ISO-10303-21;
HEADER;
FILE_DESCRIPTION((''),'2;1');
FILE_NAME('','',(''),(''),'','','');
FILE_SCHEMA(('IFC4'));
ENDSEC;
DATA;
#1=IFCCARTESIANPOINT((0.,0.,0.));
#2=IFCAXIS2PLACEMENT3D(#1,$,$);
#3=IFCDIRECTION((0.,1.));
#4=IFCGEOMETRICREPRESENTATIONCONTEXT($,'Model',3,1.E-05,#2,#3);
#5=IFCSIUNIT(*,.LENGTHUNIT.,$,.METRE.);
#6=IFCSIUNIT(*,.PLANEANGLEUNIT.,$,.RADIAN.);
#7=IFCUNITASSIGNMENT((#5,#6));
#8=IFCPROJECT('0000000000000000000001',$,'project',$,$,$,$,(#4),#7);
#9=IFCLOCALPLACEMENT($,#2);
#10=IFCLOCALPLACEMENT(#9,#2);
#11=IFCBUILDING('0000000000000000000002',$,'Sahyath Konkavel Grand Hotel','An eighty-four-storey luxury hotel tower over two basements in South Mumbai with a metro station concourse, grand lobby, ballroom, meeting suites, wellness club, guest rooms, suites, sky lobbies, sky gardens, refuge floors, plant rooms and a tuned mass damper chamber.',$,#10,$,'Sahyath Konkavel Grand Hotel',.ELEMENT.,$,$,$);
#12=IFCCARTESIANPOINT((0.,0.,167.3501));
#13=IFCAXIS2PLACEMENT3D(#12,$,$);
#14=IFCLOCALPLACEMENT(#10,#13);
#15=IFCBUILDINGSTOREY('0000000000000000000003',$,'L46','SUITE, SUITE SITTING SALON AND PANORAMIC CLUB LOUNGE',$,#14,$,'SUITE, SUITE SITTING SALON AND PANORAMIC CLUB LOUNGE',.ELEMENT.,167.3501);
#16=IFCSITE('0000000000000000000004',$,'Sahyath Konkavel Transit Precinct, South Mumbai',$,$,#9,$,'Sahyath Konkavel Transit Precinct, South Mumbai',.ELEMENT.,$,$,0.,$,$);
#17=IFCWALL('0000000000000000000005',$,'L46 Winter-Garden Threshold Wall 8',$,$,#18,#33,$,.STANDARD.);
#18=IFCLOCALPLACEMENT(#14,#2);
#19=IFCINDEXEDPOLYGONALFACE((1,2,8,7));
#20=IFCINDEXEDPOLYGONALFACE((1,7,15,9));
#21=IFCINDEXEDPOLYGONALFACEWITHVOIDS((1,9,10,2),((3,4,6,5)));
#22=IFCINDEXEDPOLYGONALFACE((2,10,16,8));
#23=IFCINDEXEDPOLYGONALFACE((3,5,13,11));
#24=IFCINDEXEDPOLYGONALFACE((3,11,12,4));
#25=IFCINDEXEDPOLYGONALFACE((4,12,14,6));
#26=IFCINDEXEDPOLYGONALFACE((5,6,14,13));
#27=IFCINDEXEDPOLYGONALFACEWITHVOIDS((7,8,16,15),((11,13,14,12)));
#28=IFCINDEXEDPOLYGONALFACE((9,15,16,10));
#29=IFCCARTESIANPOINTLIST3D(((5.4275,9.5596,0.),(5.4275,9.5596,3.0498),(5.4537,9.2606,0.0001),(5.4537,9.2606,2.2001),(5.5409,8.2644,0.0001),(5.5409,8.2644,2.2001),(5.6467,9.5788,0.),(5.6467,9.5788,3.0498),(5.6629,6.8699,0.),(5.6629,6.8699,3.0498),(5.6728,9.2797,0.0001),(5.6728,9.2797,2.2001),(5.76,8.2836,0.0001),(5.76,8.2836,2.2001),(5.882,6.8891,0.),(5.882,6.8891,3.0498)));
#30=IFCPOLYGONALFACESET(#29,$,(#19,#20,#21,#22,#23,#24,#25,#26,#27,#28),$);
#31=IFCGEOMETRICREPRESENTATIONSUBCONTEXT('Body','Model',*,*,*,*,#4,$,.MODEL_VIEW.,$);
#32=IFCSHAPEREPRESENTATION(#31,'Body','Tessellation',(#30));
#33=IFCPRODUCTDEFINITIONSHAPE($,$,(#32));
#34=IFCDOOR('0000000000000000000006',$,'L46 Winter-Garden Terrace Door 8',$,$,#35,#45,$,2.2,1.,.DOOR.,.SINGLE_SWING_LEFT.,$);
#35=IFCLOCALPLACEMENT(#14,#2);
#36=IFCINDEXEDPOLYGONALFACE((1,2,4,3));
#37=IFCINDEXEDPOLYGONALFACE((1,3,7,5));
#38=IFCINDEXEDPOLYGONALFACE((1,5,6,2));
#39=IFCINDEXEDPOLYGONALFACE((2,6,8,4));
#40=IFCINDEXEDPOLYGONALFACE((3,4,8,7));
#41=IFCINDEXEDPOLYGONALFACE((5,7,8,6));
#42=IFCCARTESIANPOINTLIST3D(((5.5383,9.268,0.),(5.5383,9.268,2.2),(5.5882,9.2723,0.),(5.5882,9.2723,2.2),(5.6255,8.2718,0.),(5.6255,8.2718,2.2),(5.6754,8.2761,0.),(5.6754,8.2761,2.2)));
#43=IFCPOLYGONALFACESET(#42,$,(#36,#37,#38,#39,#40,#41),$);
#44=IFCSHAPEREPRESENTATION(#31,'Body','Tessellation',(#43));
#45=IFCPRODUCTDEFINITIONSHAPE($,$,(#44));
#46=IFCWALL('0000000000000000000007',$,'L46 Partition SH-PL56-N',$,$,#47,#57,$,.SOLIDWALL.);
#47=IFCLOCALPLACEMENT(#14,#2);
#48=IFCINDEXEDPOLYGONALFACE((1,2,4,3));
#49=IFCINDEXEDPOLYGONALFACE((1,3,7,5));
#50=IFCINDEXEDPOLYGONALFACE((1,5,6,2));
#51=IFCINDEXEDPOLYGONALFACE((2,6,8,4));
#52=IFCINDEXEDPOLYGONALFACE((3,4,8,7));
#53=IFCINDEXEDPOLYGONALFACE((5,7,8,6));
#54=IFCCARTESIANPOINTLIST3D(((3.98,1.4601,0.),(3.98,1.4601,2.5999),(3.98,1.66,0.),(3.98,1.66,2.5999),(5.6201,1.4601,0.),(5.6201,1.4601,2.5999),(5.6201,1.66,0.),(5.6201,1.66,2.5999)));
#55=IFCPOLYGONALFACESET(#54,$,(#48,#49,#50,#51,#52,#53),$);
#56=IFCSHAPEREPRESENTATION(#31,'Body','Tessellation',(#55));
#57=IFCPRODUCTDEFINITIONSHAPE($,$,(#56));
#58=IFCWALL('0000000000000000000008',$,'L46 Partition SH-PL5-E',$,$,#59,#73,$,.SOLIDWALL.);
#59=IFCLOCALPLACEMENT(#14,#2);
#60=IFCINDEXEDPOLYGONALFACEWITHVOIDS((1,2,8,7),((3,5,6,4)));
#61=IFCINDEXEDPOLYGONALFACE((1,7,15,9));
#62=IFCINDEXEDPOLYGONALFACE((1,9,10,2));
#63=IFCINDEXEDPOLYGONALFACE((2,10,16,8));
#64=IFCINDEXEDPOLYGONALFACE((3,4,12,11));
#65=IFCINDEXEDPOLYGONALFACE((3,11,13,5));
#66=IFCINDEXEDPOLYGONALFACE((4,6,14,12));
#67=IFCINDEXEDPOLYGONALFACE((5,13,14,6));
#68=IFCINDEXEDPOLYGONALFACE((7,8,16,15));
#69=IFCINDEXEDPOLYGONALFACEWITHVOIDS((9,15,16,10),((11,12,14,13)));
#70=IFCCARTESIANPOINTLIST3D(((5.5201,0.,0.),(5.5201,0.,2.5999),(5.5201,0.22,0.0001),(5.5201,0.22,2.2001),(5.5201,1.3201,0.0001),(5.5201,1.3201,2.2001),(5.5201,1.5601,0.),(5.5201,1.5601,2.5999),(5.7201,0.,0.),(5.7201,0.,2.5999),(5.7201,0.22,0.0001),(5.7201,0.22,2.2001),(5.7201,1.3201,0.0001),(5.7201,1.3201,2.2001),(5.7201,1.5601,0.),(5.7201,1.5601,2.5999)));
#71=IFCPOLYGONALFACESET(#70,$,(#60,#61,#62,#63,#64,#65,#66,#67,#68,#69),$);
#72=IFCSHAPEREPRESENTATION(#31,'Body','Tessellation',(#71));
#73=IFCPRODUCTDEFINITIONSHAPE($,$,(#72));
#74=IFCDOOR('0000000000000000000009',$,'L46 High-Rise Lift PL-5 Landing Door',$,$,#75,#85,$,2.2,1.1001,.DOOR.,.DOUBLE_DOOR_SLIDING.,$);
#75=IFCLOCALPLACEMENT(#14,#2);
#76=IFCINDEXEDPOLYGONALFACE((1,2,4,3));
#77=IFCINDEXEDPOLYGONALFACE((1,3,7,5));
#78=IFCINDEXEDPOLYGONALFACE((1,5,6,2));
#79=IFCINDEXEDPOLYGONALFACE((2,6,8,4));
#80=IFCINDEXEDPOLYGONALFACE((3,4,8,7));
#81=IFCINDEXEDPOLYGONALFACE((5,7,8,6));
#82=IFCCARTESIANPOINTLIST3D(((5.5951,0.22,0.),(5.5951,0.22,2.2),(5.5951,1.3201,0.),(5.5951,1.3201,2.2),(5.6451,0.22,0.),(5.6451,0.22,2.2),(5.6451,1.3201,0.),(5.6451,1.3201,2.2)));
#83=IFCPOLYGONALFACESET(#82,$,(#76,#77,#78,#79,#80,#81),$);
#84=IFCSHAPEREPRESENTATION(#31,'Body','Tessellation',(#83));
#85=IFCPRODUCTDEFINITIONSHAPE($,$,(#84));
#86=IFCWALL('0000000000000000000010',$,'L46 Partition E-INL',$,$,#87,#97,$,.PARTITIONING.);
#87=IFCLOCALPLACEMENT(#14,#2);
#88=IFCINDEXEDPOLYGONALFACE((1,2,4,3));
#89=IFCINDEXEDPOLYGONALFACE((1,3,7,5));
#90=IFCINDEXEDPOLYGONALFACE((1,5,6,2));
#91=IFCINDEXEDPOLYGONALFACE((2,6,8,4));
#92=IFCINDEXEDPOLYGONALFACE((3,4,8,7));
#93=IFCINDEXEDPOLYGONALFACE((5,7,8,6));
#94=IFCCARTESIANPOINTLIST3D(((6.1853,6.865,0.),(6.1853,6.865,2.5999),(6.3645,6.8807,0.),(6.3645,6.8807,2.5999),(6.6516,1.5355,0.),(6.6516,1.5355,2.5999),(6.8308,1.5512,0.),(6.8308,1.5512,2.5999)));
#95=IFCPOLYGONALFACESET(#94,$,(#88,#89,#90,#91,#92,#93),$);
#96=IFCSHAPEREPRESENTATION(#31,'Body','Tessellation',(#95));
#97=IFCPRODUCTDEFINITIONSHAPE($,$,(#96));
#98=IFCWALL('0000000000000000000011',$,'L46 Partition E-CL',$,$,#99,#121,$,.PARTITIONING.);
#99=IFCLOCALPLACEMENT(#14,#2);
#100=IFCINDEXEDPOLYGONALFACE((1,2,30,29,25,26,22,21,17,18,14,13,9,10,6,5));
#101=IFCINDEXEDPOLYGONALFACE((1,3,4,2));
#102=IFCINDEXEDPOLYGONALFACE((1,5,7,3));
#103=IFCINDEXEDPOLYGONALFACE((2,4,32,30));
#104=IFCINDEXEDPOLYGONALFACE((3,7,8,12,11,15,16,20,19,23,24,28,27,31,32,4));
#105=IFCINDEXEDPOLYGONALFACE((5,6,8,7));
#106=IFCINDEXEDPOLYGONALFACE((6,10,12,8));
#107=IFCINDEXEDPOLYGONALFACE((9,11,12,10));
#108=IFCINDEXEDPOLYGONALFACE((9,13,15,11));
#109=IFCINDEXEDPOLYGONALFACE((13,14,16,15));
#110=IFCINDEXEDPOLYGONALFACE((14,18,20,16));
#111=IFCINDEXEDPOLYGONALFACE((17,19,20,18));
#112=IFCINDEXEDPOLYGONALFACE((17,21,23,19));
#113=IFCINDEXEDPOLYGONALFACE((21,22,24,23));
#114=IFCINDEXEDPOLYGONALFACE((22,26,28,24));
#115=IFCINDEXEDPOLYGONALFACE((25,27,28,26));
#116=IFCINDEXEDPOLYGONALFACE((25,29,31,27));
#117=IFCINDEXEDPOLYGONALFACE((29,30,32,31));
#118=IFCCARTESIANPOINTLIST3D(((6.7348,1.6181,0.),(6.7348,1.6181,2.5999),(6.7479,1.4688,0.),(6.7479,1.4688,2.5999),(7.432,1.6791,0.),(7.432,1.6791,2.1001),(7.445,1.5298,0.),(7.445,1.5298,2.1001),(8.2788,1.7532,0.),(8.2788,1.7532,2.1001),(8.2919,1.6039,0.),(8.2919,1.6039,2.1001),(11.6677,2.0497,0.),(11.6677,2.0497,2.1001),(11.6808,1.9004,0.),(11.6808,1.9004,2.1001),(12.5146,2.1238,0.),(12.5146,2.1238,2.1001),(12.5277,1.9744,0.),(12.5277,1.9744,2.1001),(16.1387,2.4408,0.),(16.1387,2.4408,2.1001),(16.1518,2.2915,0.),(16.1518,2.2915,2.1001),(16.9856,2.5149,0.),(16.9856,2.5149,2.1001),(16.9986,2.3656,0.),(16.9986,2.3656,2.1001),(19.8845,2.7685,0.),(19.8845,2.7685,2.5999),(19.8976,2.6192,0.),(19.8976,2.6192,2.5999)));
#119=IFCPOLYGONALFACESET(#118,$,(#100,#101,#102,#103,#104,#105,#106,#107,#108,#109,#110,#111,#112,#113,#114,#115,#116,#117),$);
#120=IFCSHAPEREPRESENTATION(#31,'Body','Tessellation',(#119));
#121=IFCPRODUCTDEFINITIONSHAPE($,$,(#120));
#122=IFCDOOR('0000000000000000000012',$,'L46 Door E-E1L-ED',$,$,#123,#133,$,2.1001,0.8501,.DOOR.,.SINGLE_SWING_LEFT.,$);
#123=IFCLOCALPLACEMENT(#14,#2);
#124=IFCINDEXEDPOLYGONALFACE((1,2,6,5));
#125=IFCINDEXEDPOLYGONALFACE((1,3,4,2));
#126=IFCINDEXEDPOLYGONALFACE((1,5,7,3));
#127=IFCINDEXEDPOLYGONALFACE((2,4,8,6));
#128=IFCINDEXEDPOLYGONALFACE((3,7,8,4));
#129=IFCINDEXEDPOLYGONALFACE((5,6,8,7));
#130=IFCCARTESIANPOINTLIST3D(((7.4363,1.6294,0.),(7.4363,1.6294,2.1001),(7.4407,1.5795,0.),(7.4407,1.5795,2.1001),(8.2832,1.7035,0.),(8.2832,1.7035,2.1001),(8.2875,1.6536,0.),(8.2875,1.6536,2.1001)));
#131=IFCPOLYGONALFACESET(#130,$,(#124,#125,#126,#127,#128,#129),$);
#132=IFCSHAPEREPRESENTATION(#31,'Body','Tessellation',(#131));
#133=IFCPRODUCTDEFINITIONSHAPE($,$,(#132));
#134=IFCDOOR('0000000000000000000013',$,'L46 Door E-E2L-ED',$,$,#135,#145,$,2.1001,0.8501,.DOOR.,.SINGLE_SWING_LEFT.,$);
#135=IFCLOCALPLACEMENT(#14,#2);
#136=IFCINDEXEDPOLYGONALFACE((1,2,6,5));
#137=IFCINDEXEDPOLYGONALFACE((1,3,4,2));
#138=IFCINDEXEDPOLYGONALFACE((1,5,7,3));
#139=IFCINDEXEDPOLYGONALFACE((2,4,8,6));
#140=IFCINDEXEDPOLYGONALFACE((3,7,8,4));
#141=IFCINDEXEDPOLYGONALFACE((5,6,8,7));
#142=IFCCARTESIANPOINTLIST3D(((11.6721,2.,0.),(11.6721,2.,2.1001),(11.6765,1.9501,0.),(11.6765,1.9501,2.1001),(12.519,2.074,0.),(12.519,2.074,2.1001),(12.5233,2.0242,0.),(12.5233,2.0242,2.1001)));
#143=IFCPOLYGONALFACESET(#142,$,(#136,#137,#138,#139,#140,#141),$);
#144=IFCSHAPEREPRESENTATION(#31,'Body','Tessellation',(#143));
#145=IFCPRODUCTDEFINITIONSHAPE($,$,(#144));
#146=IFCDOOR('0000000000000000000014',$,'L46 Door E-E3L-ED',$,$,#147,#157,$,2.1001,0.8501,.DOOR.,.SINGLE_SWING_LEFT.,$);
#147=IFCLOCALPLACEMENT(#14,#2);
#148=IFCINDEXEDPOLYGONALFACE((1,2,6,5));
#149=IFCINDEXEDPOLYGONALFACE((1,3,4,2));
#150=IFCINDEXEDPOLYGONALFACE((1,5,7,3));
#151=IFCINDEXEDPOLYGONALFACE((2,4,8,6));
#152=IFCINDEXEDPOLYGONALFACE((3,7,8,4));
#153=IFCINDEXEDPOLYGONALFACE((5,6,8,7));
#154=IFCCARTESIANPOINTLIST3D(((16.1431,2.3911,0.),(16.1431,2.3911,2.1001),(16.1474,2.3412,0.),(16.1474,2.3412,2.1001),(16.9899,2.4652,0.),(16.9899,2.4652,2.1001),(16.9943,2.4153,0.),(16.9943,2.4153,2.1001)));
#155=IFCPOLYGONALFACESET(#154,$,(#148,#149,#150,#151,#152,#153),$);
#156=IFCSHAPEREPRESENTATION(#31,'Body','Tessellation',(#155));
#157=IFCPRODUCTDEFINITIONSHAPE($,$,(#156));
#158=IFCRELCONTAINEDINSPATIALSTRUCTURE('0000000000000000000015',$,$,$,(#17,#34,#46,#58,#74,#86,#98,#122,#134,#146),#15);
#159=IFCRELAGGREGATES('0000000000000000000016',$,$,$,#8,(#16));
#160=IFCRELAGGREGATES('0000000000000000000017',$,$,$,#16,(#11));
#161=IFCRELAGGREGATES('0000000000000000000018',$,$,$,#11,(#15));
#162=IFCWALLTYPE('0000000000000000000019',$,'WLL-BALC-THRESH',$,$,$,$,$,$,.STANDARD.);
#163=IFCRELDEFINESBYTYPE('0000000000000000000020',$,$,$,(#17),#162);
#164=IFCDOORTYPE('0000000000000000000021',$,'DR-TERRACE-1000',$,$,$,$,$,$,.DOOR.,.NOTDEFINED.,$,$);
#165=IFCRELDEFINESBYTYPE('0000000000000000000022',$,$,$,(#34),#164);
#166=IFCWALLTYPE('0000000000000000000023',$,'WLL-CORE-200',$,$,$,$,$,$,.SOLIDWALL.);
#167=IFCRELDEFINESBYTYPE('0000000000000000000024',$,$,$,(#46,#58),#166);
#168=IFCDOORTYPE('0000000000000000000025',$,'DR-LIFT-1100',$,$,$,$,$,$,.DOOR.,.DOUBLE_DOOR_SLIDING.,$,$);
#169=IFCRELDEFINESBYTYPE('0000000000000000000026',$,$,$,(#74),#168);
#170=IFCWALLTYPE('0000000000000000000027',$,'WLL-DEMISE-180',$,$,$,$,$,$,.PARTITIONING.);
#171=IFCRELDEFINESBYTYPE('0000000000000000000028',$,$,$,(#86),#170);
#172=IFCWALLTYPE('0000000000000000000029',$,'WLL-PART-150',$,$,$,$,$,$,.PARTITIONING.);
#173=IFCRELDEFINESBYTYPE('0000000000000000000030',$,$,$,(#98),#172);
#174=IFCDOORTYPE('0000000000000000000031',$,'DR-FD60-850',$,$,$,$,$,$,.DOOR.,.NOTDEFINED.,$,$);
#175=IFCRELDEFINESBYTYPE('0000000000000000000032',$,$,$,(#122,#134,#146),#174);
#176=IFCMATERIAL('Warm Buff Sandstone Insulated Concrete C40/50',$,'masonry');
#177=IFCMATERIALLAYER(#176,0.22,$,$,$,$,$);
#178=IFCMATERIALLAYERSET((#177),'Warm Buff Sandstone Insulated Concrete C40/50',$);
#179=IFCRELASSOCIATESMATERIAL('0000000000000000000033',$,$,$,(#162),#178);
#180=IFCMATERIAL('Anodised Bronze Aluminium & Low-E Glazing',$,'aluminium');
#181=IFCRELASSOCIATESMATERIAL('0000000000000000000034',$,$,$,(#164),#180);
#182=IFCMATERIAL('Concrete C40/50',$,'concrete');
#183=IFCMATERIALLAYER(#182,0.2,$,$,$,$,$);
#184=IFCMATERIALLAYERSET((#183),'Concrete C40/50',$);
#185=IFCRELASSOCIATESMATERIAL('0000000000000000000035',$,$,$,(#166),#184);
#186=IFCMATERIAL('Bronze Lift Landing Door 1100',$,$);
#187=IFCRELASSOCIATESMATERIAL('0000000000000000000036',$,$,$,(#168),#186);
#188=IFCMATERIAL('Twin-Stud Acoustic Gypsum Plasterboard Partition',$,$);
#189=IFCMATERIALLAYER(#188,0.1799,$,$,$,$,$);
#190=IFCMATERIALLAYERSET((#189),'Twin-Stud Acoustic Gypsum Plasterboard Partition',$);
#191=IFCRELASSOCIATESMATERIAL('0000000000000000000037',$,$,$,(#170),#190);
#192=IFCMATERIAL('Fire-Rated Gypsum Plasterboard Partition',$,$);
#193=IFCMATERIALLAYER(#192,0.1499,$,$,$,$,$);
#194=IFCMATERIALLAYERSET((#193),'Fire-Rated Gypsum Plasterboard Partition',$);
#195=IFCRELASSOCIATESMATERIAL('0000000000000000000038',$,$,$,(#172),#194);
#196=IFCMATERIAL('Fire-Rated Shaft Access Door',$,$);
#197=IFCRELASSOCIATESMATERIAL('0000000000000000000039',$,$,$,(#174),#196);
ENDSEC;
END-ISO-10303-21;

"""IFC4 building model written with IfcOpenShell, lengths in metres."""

from ifc_helpers import new_model, si_unit, direction, frame, frame_2d, origin, origin_2d, place, context, subcontext, project, spatial, rectangle, extrude, source, transform, mapped, material, layer, layer_set, type_object, element, fill, save


model = new_model("IFC4")

# Units and contexts
model_context = context("Model", 3, precision=1e-05, world=origin(), true_north=direction((0.0, 1.0)))
body_context = subcontext(model_context, "Body", "Model", "MODEL_VIEW")
ifc_project = project(units=[si_unit("LENGTHUNIT", "METRE"), si_unit("PLANEANGLEUNIT", "RADIAN")], contexts=[model_context])

# Site, building, storey
site_placement = place(None, origin())
site = spatial("IfcSite", under=ifc_project, at=site_placement, Name="Sahyath Konkavel Transit Precinct, South Mumbai", LongName="Sahyath Konkavel Transit Precinct, South Mumbai", CompositionType="ELEMENT", RefElevation=0.0)
building_placement = place(site_placement, origin())
building = spatial("IfcBuilding", under=site, at=building_placement, Name="Sahyath Konkavel Grand Hotel", Description="An eighty-four-storey luxury hotel tower over two basements in South Mumbai with a metro station concourse, grand lobby, ballroom, meeting suites, wellness club, guest rooms, suites, sky lobbies, sky gardens, refuge floors, plant rooms and a tuned mass damper chamber.", LongName="Sahyath Konkavel Grand Hotel", CompositionType="ELEMENT")
storey_placement = place(building_placement, frame((0.0, 0.0, 167.3501)))
storey = spatial("IfcBuildingStorey", under=building, at=storey_placement, Name="L46", Description="SUITE, SUITE SITTING SALON AND PANORAMIC CLUB LOUNGE", LongName="SUITE, SUITE SITTING SALON AND PANORAMIC CLUB LOUNGE", CompositionType="ELEMENT", Elevation=167.3501)

# Shared definitions
ifc_material_1 = material(Name="Anodised Bronze Aluminium & Low-E Glazing", Category="aluminium")

# Wall, opening, door
ifc_material_2 = material(Name="Warm Buff Sandstone Insulated Concrete C40/50", Category="masonry")
ifc_layer_1 = layer(ifc_material_2, 0.22)
ifc_layer_set_1 = layer_set([ifc_layer_1], Name="Warm Buff Sandstone Insulated Concrete C40/50")
wall_type_1 = type_object("IfcWallType", Name="WLL-BALC-THRESH", PredefinedType="STANDARD", material=ifc_layer_set_1)
wall_1_placement = place(storey_placement, frame((5.7725, 6.8794, 0.0), z_axis=(0.0, 0.0, 1.0), x_axis=(-0.087168, 0.996194, 0.0)))
wall_1 = element("IfcWall", 1, at=wall_1_placement, inside=storey, type_object=wall_type_1, Name="L46 Winter-Garden Threshold Wall 8", PredefinedType="STANDARD", context=body_context, shape_type="SweptSolid", body=[
    extrude(rectangle(XDim=2.7, YDim=0.22, at=frame_2d((1.3501, 0.0))), origin(), (0.0, 0.0, 1.0), 3.0498),
])
opening_1_placement = place(wall_1_placement, frame((1.3999, 0.0, 0.0)))
opening_1 = element("IfcOpeningElement", 2, at=opening_1_placement, cuts=wall_1, PredefinedType="OPENING", context=body_context, shape_type="SweptSolid", body=[
    extrude(rectangle(XDim=1.0, YDim=2.2, at=frame_2d((0.5, 1.1001))), frame((0.0, 0.1201, 0.0), z_axis=(0.0, -1.0, 0.0), x_axis=(1.0, 0.0, 0.0)), (0.0, 0.0, 1.0), 0.24),
])
door_type_1 = type_object("IfcDoorType", Name="DR-TERRACE-1000", OperationType="NOTDEFINED", PredefinedType="DOOR", material=ifc_material_1)
shared_shape_1 = source(origin(), body_context, "Body", "SweptSolid", [
    extrude(rectangle(XDim=1.0, YDim=0.05, at=origin_2d()), origin(), (0.0, 0.0, 1.0), 2.2),
])
door_1_placement = place(opening_1_placement, frame((0.5, 0.0, 0.0)))
door_1 = element("IfcDoor", 3, at=door_1_placement, inside=storey, type_object=door_type_1, Name="L46 Winter-Garden Terrace Door 8", OperationType="SINGLE_SWING_LEFT", OverallHeight=2.2, OverallWidth=1.0, PredefinedType="DOOR", context=body_context, shape_type="MappedRepresentation", body=[
    mapped(shared_shape_1, transform((0.0, 0.0, 0.0), scale=1.0)),
])
fill(opening_1, door_1)

# Wall
ifc_material_3 = material(Name="Concrete C40/50", Category="concrete")
ifc_layer_2 = layer(ifc_material_3, 0.2)
ifc_layer_set_2 = layer_set([ifc_layer_2], Name="Concrete C40/50")
wall_type_2 = type_object("IfcWallType", Name="WLL-CORE-200", PredefinedType="SOLIDWALL", material=ifc_layer_set_2)
wall_2_placement = place(storey_placement, frame((3.98, 1.5601, 0.0), z_axis=(0.0, 0.0, 1.0), x_axis=(1.0, 0.0, 0.0)))
element("IfcWall", 4, at=wall_2_placement, inside=storey, type_object=wall_type_2, Name="L46 Partition SH-PL56-N", PredefinedType="SOLIDWALL", context=body_context, shape_type="SweptSolid", body=[
    extrude(rectangle(XDim=1.6401, YDim=0.2, at=frame_2d((0.8201, 0.0))), origin(), (0.0, 0.0, 1.0), 2.5999),
])

# Wall, opening, door
wall_3_placement = place(storey_placement, frame((5.6201, 0.0, 0.0), z_axis=(0.0, 0.0, 1.0), x_axis=(0.0, 1.0, 0.0)))
wall_3 = element("IfcWall", 5, at=wall_3_placement, inside=storey, type_object=wall_type_2, Name="L46 Partition SH-PL5-E", PredefinedType="SOLIDWALL", context=body_context, shape_type="SweptSolid", body=[
    extrude(rectangle(XDim=1.5601, YDim=0.2, at=frame_2d((0.78, 0.0))), origin(), (0.0, 0.0, 1.0), 2.5999),
])
opening_2_placement = place(wall_3_placement, frame((0.22, 0.0, 0.0)))
opening_2 = element("IfcOpeningElement", 6, at=opening_2_placement, cuts=wall_3, PredefinedType="OPENING", context=body_context, shape_type="SweptSolid", body=[
    extrude(rectangle(XDim=1.1001, YDim=2.2, at=frame_2d((0.55, 1.1001))), frame((0.0, 0.1099, 0.0), z_axis=(0.0, -1.0, 0.0), x_axis=(1.0, 0.0, 0.0)), (0.0, 0.0, 1.0), 0.22),
])
ifc_material_4 = material(Name="Bronze Lift Landing Door 1100")
door_type_2 = type_object("IfcDoorType", Name="DR-LIFT-1100", OperationType="DOUBLE_DOOR_SLIDING", PredefinedType="DOOR", material=ifc_material_4)
shared_shape_2 = source(origin(), body_context, "Body", "SweptSolid", [
    extrude(rectangle(XDim=1.1001, YDim=0.05, at=origin_2d()), origin(), (0.0, 0.0, 1.0), 2.2),
])
door_2_placement = place(opening_2_placement, frame((0.55, 0.0, 0.0)))
door_2 = element("IfcDoor", 7, at=door_2_placement, inside=storey, type_object=door_type_2, Name="L46 High-Rise Lift PL-5 Landing Door", OperationType="DOUBLE_DOOR_SLIDING", OverallHeight=2.2, OverallWidth=1.1001, PredefinedType="DOOR", context=body_context, shape_type="MappedRepresentation", body=[
    mapped(shared_shape_2, transform((0.0, 0.0, 0.0), scale=1.0)),
])
fill(opening_2, door_2)

# Wall
ifc_material_5 = material(Name="Twin-Stud Acoustic Gypsum Plasterboard Partition")
ifc_layer_3 = layer(ifc_material_5, 0.1799)
ifc_layer_set_3 = layer_set([ifc_layer_3], Name="Twin-Stud Acoustic Gypsum Plasterboard Partition")
wall_type_3 = type_object("IfcWallType", Name="WLL-DEMISE-180", PredefinedType="PARTITIONING", material=ifc_layer_set_3)
wall_4_placement = place(storey_placement, frame((6.7412, 1.5435, 0.0), z_axis=(0.0, 0.0, 1.0), x_axis=(-0.087161, 0.996194, 0.0)))
element("IfcWall", 8, at=wall_4_placement, inside=storey, type_object=wall_type_3, Name="L46 Partition E-INL", PredefinedType="PARTITIONING", context=body_context, shape_type="SweptSolid", body=[
    extrude(rectangle(XDim=5.3499, YDim=0.1799, at=frame_2d((2.6748, 0.0))), origin(), (0.0, 0.0, 1.0), 2.5999),
])

# Wall, openings, doors
ifc_material_6 = material(Name="Fire-Rated Gypsum Plasterboard Partition")
ifc_layer_4 = layer(ifc_material_6, 0.1499)
ifc_layer_set_4 = layer_set([ifc_layer_4], Name="Fire-Rated Gypsum Plasterboard Partition")
wall_type_4 = type_object("IfcWallType", Name="WLL-PART-150", PredefinedType="PARTITIONING", material=ifc_layer_set_4)
wall_5_placement = place(storey_placement, frame((6.7412, 1.5435, 0.0), z_axis=(0.0, 0.0, 1.0), x_axis=(0.996195, 0.087152, 0.0)))
wall_5 = element("IfcWall", 9, at=wall_5_placement, inside=storey, type_object=wall_type_4, Name="L46 Partition E-CL", PredefinedType="PARTITIONING", context=body_context, shape_type="SweptSolid", body=[
    extrude(rectangle(XDim=13.2, YDim=0.1499, at=frame_2d((6.6001, 0.0))), origin(), (0.0, 0.0, 1.0), 2.5999),
])
opening_3_placement = place(wall_5_placement, frame((0.7, 0.0, 0.0)))
opening_3 = element("IfcOpeningElement", 10, at=opening_3_placement, cuts=wall_5, PredefinedType="OPENING", context=body_context, shape_type="SweptSolid", body=[
    extrude(rectangle(XDim=0.8501, YDim=2.1001, at=frame_2d((0.425, 1.05))), frame((0.0, 0.085, 0.0), z_axis=(0.0, -1.0, 0.0), x_axis=(1.0, 0.0, 0.0)), (0.0, 0.0, 1.0), 0.1699),
])
opening_4_placement = place(wall_5_placement, frame((4.9519, 0.0, 0.0)))
opening_4 = element("IfcOpeningElement", 11, at=opening_4_placement, cuts=wall_5, PredefinedType="OPENING", context=body_context, shape_type="SweptSolid", body=[
    extrude(rectangle(XDim=0.8501, YDim=2.1001, at=frame_2d((0.425, 1.05))), frame((0.0, 0.085, 0.0), z_axis=(0.0, -1.0, 0.0), x_axis=(1.0, 0.0, 0.0)), (0.0, 0.0, 1.0), 0.1699),
])
opening_5_placement = place(wall_5_placement, frame((9.4399, 0.0, 0.0)))
opening_5 = element("IfcOpeningElement", 12, at=opening_5_placement, cuts=wall_5, PredefinedType="OPENING", context=body_context, shape_type="SweptSolid", body=[
    extrude(rectangle(XDim=0.8501, YDim=2.1001, at=frame_2d((0.425, 1.05))), frame((0.0, 0.085, 0.0), z_axis=(0.0, -1.0, 0.0), x_axis=(1.0, 0.0, 0.0)), (0.0, 0.0, 1.0), 0.1699),
])
ifc_material_7 = material(Name="Fire-Rated Shaft Access Door")
door_type_3 = type_object("IfcDoorType", Name="DR-FD60-850", OperationType="NOTDEFINED", PredefinedType="DOOR", material=ifc_material_7)
shared_shape_3 = source(origin(), body_context, "Body", "SweptSolid", [
    extrude(rectangle(XDim=0.8501, YDim=0.05, at=origin_2d()), origin(), (0.0, 0.0, 1.0), 2.1001),
])
door_3_placement = place(opening_3_placement, frame((0.425, 0.0, 0.0)))
door_3 = element("IfcDoor", 13, at=door_3_placement, inside=storey, type_object=door_type_3, Name="L46 Door E-E1L-ED", OperationType="SINGLE_SWING_LEFT", OverallHeight=2.1001, OverallWidth=0.8501, PredefinedType="DOOR", context=body_context, shape_type="MappedRepresentation", body=[
    mapped(shared_shape_3, transform((0.0, 0.0, 0.0), scale=1.0)),
])
fill(opening_3, door_3)
door_4_placement = place(opening_4_placement, frame((0.425, 0.0, 0.0)))
door_4 = element("IfcDoor", 14, at=door_4_placement, inside=storey, type_object=door_type_3, Name="L46 Door E-E2L-ED", OperationType="SINGLE_SWING_LEFT", OverallHeight=2.1001, OverallWidth=0.8501, PredefinedType="DOOR", context=body_context, shape_type="MappedRepresentation", body=[
    mapped(shared_shape_3, transform((0.0, 0.0, 0.0), scale=1.0)),
])
fill(opening_4, door_4)
door_5_placement = place(opening_5_placement, frame((0.425, 0.0, 0.0)))
door_5 = element("IfcDoor", 15, at=door_5_placement, inside=storey, type_object=door_type_3, Name="L46 Door E-E3L-ED", OperationType="SINGLE_SWING_LEFT", OverallHeight=2.1001, OverallWidth=0.8501, PredefinedType="DOOR", context=body_context, shape_type="MappedRepresentation", body=[
    mapped(shared_shape_3, transform((0.0, 0.0, 0.0), scale=1.0)),
])
fill(opening_5, door_5)

save(model, "model.ifc")
